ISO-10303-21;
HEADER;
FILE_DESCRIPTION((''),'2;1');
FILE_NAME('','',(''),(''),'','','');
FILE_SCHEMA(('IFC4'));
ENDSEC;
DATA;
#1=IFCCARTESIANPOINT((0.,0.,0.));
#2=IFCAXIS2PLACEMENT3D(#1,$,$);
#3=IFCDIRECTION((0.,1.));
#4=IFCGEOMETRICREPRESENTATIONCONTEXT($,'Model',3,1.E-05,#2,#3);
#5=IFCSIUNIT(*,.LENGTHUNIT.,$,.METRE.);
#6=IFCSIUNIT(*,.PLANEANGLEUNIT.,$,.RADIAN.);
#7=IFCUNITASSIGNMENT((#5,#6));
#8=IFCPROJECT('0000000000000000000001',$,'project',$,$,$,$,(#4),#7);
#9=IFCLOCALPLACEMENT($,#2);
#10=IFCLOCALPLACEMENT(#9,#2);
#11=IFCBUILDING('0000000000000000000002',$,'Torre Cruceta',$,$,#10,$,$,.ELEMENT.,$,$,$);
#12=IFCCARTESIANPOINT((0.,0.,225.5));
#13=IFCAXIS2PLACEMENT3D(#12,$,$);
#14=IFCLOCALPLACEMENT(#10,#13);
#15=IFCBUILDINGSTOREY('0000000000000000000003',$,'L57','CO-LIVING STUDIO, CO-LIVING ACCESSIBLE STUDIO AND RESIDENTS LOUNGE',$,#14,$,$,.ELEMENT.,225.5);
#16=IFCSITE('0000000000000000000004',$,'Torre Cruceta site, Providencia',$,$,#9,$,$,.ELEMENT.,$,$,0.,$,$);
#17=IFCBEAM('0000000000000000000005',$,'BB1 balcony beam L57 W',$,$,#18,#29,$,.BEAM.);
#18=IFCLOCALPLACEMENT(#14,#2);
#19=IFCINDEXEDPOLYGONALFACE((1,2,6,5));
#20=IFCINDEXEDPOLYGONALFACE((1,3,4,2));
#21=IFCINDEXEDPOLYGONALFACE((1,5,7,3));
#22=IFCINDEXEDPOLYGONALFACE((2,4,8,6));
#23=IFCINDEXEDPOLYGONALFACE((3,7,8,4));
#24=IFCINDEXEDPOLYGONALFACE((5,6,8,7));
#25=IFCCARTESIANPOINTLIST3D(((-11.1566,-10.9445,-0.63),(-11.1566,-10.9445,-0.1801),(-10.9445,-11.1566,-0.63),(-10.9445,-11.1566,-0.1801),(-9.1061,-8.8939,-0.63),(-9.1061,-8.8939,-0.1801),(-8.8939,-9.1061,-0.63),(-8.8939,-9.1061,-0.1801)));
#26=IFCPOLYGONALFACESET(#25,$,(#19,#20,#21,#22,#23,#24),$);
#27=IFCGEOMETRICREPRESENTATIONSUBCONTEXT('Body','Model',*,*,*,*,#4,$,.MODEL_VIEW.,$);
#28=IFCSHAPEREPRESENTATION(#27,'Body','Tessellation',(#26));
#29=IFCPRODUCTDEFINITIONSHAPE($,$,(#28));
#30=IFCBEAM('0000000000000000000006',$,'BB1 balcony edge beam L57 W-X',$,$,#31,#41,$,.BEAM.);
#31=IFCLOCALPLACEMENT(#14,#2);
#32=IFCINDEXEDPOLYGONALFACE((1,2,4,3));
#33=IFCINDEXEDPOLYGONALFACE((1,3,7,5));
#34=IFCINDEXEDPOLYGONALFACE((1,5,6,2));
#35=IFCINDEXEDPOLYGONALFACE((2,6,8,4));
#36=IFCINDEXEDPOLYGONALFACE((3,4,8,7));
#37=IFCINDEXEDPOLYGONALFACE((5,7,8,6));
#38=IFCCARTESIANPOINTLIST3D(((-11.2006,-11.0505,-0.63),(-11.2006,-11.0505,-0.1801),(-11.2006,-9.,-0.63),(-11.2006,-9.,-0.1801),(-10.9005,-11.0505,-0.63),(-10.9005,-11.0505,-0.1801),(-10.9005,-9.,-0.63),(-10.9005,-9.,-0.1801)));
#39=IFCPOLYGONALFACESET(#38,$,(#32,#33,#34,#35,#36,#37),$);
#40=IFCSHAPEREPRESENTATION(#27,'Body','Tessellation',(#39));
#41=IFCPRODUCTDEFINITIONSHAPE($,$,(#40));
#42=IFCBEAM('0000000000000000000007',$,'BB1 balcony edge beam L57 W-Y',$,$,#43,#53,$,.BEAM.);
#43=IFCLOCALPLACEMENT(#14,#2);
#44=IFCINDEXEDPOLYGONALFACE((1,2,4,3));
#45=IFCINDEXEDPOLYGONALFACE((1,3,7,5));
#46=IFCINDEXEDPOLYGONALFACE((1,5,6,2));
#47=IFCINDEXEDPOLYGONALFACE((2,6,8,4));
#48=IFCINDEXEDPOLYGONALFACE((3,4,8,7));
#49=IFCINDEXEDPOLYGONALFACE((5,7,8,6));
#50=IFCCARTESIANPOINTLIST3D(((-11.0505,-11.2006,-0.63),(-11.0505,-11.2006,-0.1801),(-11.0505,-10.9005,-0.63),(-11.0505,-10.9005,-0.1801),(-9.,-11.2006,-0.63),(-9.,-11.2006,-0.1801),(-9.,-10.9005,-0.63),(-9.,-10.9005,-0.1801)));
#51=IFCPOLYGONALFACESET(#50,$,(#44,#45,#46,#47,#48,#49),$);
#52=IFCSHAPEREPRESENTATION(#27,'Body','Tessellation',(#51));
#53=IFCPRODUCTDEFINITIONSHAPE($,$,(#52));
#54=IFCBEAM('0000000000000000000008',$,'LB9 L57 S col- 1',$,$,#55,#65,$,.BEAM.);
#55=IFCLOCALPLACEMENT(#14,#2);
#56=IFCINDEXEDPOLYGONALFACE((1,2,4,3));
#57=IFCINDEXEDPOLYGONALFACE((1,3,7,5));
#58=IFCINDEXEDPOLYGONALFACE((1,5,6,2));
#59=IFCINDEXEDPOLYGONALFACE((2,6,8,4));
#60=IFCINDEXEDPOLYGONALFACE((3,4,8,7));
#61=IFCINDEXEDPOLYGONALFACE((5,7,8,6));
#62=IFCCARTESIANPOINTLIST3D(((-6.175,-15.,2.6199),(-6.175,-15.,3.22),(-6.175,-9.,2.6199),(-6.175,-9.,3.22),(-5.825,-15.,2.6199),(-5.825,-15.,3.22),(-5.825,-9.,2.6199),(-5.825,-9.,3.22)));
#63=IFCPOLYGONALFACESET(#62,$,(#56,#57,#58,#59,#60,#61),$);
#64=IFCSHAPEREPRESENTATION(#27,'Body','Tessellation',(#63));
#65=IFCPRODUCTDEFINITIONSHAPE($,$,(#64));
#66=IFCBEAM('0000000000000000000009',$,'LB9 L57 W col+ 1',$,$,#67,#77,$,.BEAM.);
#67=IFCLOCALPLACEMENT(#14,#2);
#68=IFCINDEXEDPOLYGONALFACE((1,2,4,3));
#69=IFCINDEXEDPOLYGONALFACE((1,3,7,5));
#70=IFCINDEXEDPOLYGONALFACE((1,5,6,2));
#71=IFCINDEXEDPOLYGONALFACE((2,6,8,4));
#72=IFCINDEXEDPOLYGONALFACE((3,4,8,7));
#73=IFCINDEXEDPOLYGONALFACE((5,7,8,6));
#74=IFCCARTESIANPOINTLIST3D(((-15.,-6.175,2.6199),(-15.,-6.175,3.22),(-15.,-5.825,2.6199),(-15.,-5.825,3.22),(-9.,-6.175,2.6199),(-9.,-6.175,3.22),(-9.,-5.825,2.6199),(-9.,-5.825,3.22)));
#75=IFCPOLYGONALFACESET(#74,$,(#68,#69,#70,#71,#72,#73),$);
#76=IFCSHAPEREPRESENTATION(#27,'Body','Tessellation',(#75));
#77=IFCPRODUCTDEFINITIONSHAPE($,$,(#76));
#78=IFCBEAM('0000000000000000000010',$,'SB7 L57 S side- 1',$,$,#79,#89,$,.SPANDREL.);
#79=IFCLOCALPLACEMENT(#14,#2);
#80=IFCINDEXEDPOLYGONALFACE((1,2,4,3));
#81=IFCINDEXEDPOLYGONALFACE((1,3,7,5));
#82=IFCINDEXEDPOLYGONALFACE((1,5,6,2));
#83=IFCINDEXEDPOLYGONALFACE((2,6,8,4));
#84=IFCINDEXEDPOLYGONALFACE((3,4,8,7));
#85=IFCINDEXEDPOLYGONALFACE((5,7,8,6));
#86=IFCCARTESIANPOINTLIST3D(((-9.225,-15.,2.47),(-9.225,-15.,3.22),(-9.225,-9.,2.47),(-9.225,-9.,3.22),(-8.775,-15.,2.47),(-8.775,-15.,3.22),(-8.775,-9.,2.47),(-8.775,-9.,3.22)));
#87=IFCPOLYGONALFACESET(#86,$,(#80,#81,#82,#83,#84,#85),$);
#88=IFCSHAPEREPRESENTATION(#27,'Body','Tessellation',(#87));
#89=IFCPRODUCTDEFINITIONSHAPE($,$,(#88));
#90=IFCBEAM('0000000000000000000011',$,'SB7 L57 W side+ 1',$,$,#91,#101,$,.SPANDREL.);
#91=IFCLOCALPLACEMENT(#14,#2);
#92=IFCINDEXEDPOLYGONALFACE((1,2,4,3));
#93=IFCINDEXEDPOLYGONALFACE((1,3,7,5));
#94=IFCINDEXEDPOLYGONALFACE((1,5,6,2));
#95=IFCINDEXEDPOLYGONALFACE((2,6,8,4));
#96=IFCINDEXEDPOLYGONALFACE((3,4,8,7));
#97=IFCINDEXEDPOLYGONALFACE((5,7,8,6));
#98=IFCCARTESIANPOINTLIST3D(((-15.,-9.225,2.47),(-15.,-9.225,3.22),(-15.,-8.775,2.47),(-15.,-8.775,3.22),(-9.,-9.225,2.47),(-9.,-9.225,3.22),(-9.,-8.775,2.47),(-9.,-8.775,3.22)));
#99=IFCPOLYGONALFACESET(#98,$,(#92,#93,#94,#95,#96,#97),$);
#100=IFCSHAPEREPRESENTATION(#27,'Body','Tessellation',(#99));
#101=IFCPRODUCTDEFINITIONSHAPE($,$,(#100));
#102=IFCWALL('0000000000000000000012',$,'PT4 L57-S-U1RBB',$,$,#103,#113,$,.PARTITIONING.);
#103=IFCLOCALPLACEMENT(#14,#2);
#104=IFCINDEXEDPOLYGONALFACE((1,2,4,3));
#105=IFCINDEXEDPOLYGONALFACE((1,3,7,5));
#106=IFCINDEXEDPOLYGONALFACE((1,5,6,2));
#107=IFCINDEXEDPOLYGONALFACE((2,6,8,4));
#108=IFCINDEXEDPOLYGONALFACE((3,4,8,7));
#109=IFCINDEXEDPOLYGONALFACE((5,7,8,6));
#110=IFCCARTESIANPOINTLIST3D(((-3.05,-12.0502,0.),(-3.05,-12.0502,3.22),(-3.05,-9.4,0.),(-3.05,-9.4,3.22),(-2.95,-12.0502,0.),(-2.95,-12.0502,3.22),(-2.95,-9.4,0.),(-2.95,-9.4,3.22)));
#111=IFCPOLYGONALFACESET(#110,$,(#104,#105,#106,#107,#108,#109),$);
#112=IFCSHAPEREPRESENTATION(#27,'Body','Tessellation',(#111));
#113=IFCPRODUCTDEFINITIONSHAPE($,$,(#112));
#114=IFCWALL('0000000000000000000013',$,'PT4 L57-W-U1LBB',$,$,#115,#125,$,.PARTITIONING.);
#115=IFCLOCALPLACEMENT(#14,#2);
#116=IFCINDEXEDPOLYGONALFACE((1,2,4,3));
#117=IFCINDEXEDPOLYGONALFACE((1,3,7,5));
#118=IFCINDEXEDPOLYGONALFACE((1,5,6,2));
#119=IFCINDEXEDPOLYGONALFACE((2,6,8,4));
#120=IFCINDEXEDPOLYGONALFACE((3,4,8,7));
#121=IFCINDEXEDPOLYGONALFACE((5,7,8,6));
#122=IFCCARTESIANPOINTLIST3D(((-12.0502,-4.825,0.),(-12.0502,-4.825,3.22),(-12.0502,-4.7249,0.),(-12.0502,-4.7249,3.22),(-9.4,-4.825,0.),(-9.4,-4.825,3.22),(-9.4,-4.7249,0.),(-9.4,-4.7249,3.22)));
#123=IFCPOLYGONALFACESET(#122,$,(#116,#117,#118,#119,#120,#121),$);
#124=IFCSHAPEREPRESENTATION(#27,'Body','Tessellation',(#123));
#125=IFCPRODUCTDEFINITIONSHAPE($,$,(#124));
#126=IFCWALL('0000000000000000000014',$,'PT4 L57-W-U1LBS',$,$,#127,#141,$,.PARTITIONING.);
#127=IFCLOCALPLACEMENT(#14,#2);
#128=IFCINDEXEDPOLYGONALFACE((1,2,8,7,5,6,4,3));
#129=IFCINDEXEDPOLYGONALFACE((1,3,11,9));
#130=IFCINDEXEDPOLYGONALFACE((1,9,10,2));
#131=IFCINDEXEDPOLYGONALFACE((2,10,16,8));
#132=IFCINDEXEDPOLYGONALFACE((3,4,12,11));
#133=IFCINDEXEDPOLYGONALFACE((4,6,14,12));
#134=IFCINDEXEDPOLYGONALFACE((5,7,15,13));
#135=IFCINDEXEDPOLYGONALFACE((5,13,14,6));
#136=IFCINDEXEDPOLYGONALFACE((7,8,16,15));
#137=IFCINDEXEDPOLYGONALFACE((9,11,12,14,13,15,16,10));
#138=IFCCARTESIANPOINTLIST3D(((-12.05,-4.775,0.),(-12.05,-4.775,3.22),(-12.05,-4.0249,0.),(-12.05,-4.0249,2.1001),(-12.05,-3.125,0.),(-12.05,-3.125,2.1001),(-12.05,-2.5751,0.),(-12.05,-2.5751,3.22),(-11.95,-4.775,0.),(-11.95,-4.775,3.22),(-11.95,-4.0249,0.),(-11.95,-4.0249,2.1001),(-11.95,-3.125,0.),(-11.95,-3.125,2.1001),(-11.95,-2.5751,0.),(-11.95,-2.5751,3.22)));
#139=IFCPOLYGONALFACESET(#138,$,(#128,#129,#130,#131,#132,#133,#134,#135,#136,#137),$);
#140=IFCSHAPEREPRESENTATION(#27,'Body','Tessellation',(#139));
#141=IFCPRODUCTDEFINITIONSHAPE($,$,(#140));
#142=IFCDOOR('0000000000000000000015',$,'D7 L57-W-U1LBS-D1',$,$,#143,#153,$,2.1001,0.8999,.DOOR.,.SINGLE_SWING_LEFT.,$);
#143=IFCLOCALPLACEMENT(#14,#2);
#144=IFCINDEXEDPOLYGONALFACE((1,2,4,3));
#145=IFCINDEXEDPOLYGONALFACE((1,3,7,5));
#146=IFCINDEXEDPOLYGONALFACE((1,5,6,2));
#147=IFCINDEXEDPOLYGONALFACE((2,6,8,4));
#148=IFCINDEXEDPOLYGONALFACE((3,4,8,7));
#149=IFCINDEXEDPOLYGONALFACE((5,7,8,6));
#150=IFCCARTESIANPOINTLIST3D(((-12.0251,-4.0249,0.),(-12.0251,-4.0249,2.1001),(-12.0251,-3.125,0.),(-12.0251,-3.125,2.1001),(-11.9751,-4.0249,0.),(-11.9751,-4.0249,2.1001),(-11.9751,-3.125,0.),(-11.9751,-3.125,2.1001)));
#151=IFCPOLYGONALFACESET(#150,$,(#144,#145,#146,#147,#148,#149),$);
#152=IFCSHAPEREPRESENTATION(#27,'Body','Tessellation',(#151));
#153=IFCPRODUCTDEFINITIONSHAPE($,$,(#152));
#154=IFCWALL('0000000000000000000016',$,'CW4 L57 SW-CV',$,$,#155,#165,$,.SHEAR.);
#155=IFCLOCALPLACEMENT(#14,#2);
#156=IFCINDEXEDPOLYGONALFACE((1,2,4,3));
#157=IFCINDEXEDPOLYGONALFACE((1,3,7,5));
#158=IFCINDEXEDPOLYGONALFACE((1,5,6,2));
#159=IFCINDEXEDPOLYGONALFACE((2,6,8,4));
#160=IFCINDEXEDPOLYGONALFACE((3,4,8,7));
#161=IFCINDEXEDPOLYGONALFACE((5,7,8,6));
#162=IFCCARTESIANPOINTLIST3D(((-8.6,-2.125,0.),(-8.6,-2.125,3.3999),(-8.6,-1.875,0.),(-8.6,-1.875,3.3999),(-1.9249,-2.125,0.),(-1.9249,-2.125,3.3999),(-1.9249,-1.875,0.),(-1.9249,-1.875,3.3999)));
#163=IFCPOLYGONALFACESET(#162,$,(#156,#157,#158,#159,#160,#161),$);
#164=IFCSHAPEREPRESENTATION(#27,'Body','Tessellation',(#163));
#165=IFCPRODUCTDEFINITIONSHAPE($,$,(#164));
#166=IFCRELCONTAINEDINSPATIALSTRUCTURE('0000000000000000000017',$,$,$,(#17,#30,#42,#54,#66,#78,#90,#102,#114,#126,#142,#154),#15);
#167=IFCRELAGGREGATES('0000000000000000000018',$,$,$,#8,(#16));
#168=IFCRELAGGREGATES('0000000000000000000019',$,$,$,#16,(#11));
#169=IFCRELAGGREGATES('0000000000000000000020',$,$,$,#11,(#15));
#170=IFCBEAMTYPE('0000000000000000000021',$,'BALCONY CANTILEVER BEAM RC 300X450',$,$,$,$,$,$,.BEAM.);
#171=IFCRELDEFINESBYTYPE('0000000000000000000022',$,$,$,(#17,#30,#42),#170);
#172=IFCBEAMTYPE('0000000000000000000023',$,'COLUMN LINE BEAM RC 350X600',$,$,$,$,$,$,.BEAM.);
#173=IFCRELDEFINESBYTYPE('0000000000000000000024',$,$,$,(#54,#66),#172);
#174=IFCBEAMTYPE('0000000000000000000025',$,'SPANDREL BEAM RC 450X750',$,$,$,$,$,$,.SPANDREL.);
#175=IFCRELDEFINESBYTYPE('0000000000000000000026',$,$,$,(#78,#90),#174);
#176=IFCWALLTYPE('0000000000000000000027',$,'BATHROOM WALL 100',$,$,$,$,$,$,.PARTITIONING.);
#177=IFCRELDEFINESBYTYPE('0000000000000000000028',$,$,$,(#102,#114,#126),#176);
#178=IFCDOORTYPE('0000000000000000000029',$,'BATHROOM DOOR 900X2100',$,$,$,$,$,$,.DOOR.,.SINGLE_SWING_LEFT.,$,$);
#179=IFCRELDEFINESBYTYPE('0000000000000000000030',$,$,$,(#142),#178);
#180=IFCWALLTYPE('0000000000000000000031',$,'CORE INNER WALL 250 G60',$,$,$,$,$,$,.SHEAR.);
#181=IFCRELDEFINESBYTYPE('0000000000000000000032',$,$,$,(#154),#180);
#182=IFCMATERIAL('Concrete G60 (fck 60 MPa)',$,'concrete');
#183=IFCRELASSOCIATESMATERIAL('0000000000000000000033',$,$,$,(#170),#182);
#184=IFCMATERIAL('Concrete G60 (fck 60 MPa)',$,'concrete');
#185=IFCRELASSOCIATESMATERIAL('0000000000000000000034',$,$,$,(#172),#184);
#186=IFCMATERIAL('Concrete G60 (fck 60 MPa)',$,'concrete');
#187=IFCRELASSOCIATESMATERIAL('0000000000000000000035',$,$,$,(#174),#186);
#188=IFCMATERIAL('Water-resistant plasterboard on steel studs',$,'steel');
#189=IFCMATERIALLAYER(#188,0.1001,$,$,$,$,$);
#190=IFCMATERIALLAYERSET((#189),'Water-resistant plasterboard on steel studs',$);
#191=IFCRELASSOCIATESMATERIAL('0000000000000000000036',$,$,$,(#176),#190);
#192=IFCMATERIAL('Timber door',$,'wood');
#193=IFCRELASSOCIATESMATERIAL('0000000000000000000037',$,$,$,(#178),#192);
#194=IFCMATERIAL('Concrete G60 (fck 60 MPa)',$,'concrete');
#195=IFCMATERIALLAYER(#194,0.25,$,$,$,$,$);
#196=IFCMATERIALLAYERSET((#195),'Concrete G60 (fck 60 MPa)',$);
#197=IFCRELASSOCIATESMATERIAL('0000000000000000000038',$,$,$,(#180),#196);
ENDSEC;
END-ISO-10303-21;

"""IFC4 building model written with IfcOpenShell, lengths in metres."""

from ifc_helpers import new_model, si_unit, direction, frame, frame_2d, origin, origin_2d, place, context, subcontext, project, spatial, rectangle, extrude, material, layer, layer_set, material_profile, profile_set, type_object, element, fill, save


model = new_model("IFC4")

# Units and contexts
model_context = context("Model", 3, precision=1e-05, world=origin(), true_north=direction((0.0, 1.0)))
body_context = subcontext(model_context, "Body", "Model", "MODEL_VIEW")
ifc_project = project(units=[si_unit("LENGTHUNIT", "METRE"), si_unit("PLANEANGLEUNIT", "RADIAN")], contexts=[model_context])

# Site, building, storey
site_placement = place(None, origin())
site = spatial("IfcSite", under=ifc_project, at=site_placement, Name="Torre Cruceta site, Providencia", CompositionType="ELEMENT", RefElevation=0.0)
building_placement = place(site_placement, origin())
building = spatial("IfcBuilding", under=site, at=building_placement, Name="Torre Cruceta", CompositionType="ELEMENT")
storey_placement = place(building_placement, frame((0.0, 0.0, 225.5)))
storey = spatial("IfcBuildingStorey", under=building, at=storey_placement, Name="L57", Description="CO-LIVING STUDIO, CO-LIVING ACCESSIBLE STUDIO AND RESIDENTS LOUNGE", CompositionType="ELEMENT", Elevation=225.5)

# Beams
ifc_material_1 = material(Name="Concrete G60 (fck 60 MPa)", Category="concrete")
ifc_material_profile_1 = material_profile(ifc_material_1, rectangle(XDim=0.3, YDim=0.45, at=origin_2d()), Name="RC 300X450")
ifc_profile_set_1 = profile_set([ifc_material_profile_1], Name="Concrete G60 (fck 60 MPa)")
beam_type_1 = type_object("IfcBeamType", Name="BALCONY CANTILEVER BEAM RC 300X450", PredefinedType="BEAM", material=ifc_profile_set_1)
beam_placement = place(storey_placement, frame((-9.0, -9.0, -0.405), z_axis=(-0.707107, -0.707107, 0.0), x_axis=(0.707107, -0.707107, 0.0)))
element("IfcBeam", 1, at=beam_placement, inside=storey, type_object=beam_type_1, Name="BB1 balcony beam L57 W", PredefinedType="BEAM", context=body_context, shape_type="SweptSolid", body=[
    extrude(rectangle(XDim=0.3, YDim=0.45, at=origin_2d()), origin(), (0.0, 0.0, 1.0), 2.8999),
])
for number, where, z_axis, x_axis, name in (
    (2, (-11.0505, -9.0, -0.405), (0.0, -1.0, 0.0), (1.0, 0.0, 0.0), "BB1 balcony edge beam L57 W-X"),
    (3, (-9.0, -11.0505, -0.405), (-1.0, 0.0, 0.0), (0.0, -1.0, 0.0), "BB1 balcony edge beam L57 W-Y"),
):
    element("IfcBeam", number, at=place(storey_placement, frame(where, z_axis=z_axis, x_axis=x_axis)), inside=storey, type_object=beam_type_1, Name=name, PredefinedType="BEAM", context=body_context, shape_type="SweptSolid", body=[
        extrude(rectangle(XDim=0.3, YDim=0.45, at=origin_2d()), origin(), (0.0, 0.0, 1.0), 2.0505),
    ])
ifc_material_2 = material(Name="Concrete G60 (fck 60 MPa)", Category="concrete")
ifc_material_profile_2 = material_profile(ifc_material_2, rectangle(XDim=0.3501, YDim=0.6001, at=origin_2d()), Name="RC 350X600")
ifc_profile_set_2 = profile_set([ifc_material_profile_2], Name="Concrete G60 (fck 60 MPa)")
beam_type_2 = type_object("IfcBeamType", Name="COLUMN LINE BEAM RC 350X600", PredefinedType="BEAM", material=ifc_profile_set_2)
for number, where, z_axis, x_axis, name in (
    (4, (-6.0, -9.0, 2.9199), (0.0, -1.0, 0.0), (1.0, 0.0, 0.0), "LB9 L57 S col- 1"),
    (5, (-9.0, -6.0, 2.9199), (-1.0, 0.0, 0.0), (0.0, -1.0, 0.0), "LB9 L57 W col+ 1"),
):
    element("IfcBeam", number, at=place(storey_placement, frame(where, z_axis=z_axis, x_axis=x_axis)), inside=storey, type_object=beam_type_2, Name=name, PredefinedType="BEAM", context=body_context, shape_type="SweptSolid", body=[
        extrude(rectangle(XDim=0.3501, YDim=0.6001, at=origin_2d()), origin(), (0.0, 0.0, 1.0), 6.0),
    ])
ifc_material_3 = material(Name="Concrete G60 (fck 60 MPa)", Category="concrete")
ifc_material_profile_3 = material_profile(ifc_material_3, rectangle(XDim=0.45, YDim=0.75, at=origin_2d()), Name="RC 450X750")
ifc_profile_set_3 = profile_set([ifc_material_profile_3], Name="Concrete G60 (fck 60 MPa)")
beam_type_3 = type_object("IfcBeamType", Name="SPANDREL BEAM RC 450X750", PredefinedType="SPANDREL", material=ifc_profile_set_3)
for number, where, z_axis, x_axis, name in (
    (6, (-9.0, -9.0, 2.845), (0.0, -1.0, 0.0), (1.0, 0.0, 0.0), "SB7 L57 S side- 1"),
    (7, (-9.0, -9.0, 2.845), (-1.0, 0.0, 0.0), (0.0, -1.0, 0.0), "SB7 L57 W side+ 1"),
):
    element("IfcBeam", number, at=place(storey_placement, frame(where, z_axis=z_axis, x_axis=x_axis)), inside=storey, type_object=beam_type_3, Name=name, PredefinedType="SPANDREL", context=body_context, shape_type="SweptSolid", body=[
        extrude(rectangle(XDim=0.45, YDim=0.75, at=origin_2d()), origin(), (0.0, 0.0, 1.0), 6.0),
    ])

# Walls
ifc_material_4 = material(Name="Water-resistant plasterboard on steel studs", Category="steel")
ifc_layer_1 = layer(ifc_material_4, 0.1001)
ifc_layer_set_1 = layer_set([ifc_layer_1], Name="Water-resistant plasterboard on steel studs")
wall_type_1 = type_object("IfcWallType", Name="BATHROOM WALL 100", PredefinedType="PARTITIONING", material=ifc_layer_set_1)
for number, where, z_axis, x_axis, name in (
    (8, (-3.0, -9.3999, 0.0), (0.0, 0.0, 1.0), (0.0, -1.0, 0.0), "PT4 L57-S-U1RBB"),
    (9, (-9.3999, -4.7749, 0.0), (0.0, 0.0, 1.0), (-1.0, 0.0, 0.0), "PT4 L57-W-U1LBB"),
):
    element("IfcWall", number, at=place(storey_placement, frame(where, z_axis=z_axis, x_axis=x_axis)), inside=storey, type_object=wall_type_1, Name=name, PredefinedType="PARTITIONING", context=body_context, shape_type="SweptSolid", body=[
        extrude(rectangle(XDim=2.6501, YDim=0.1001, at=frame_2d((1.3252, 0.0))), origin(), (0.0, 0.0, 1.0), 3.22),
    ])

# Wall, opening, door
wall_1_placement = place(storey_placement, frame((-12.0, -2.575, 0.0), z_axis=(0.0, 0.0, 1.0), x_axis=(0.0, -1.0, 0.0)))
wall_1 = element("IfcWall", 10, at=wall_1_placement, inside=storey, type_object=wall_type_1, Name="PT4 L57-W-U1LBS", PredefinedType="PARTITIONING", context=body_context, shape_type="SweptSolid", body=[
    extrude(rectangle(XDim=2.2, YDim=0.1001, at=frame_2d((1.1001, 0.0))), origin(), (0.0, 0.0, 1.0), 3.22),
])
opening_1_placement = place(wall_1_placement, frame((0.55, 0.0, 0.0)))
opening_1 = element("IfcOpeningElement", 11, at=opening_1_placement, cuts=wall_1, PredefinedType="OPENING", context=body_context, shape_type="SweptSolid", body=[
    extrude(rectangle(XDim=0.8999, YDim=2.1001, at=frame_2d((0.45, 1.05))), frame((0.0, 0.0601, 0.0), z_axis=(0.0, -1.0, 0.0), x_axis=(1.0, 0.0, 0.0)), (0.0, 0.0, 1.0), 0.1201),
])
ifc_material_5 = material(Name="Timber door", Category="wood")
door_type_1 = type_object("IfcDoorType", Name="BATHROOM DOOR 900X2100", OperationType="SINGLE_SWING_LEFT", PredefinedType="DOOR", material=ifc_material_5)
door_1_placement = place(opening_1_placement, origin())
door_1 = element("IfcDoor", 12, at=door_1_placement, inside=storey, type_object=door_type_1, Name="D7 L57-W-U1LBS-D1", OperationType="SINGLE_SWING_LEFT", OverallHeight=2.1001, OverallWidth=0.8999, PredefinedType="DOOR", context=body_context, shape_type="SweptSolid", body=[
    extrude(rectangle(XDim=0.8999, YDim=2.1001, at=frame_2d((0.45, 1.05))), frame((0.0, 0.0249, 0.0), z_axis=(0.0, -1.0, 0.0), x_axis=(1.0, 0.0, 0.0)), (0.0, 0.0, 1.0), 0.05),
])
fill(opening_1, door_1)

# Wall
ifc_material_6 = material(Name="Concrete G60 (fck 60 MPa)", Category="concrete")
ifc_layer_2 = layer(ifc_material_6, 0.25)
ifc_layer_set_2 = layer_set([ifc_layer_2], Name="Concrete G60 (fck 60 MPa)")
wall_type_2 = type_object("IfcWallType", Name="CORE INNER WALL 250 G60", PredefinedType="SHEAR", material=ifc_layer_set_2)
wall_2_placement = place(storey_placement, frame((-1.925, -2.0, 0.0), z_axis=(0.0, 0.0, 1.0), x_axis=(-1.0, 0.0, 0.0)))
element("IfcWall", 13, at=wall_2_placement, inside=storey, type_object=wall_type_2, Name="CW4 L57 SW-CV", PredefinedType="SHEAR", context=body_context, shape_type="SweptSolid", body=[
    extrude(rectangle(XDim=6.675, YDim=0.25, at=frame_2d((3.3374, 0.0))), origin(), (0.0, 0.0, 1.0), 3.3999),
])

save(model, "model.ifc")
